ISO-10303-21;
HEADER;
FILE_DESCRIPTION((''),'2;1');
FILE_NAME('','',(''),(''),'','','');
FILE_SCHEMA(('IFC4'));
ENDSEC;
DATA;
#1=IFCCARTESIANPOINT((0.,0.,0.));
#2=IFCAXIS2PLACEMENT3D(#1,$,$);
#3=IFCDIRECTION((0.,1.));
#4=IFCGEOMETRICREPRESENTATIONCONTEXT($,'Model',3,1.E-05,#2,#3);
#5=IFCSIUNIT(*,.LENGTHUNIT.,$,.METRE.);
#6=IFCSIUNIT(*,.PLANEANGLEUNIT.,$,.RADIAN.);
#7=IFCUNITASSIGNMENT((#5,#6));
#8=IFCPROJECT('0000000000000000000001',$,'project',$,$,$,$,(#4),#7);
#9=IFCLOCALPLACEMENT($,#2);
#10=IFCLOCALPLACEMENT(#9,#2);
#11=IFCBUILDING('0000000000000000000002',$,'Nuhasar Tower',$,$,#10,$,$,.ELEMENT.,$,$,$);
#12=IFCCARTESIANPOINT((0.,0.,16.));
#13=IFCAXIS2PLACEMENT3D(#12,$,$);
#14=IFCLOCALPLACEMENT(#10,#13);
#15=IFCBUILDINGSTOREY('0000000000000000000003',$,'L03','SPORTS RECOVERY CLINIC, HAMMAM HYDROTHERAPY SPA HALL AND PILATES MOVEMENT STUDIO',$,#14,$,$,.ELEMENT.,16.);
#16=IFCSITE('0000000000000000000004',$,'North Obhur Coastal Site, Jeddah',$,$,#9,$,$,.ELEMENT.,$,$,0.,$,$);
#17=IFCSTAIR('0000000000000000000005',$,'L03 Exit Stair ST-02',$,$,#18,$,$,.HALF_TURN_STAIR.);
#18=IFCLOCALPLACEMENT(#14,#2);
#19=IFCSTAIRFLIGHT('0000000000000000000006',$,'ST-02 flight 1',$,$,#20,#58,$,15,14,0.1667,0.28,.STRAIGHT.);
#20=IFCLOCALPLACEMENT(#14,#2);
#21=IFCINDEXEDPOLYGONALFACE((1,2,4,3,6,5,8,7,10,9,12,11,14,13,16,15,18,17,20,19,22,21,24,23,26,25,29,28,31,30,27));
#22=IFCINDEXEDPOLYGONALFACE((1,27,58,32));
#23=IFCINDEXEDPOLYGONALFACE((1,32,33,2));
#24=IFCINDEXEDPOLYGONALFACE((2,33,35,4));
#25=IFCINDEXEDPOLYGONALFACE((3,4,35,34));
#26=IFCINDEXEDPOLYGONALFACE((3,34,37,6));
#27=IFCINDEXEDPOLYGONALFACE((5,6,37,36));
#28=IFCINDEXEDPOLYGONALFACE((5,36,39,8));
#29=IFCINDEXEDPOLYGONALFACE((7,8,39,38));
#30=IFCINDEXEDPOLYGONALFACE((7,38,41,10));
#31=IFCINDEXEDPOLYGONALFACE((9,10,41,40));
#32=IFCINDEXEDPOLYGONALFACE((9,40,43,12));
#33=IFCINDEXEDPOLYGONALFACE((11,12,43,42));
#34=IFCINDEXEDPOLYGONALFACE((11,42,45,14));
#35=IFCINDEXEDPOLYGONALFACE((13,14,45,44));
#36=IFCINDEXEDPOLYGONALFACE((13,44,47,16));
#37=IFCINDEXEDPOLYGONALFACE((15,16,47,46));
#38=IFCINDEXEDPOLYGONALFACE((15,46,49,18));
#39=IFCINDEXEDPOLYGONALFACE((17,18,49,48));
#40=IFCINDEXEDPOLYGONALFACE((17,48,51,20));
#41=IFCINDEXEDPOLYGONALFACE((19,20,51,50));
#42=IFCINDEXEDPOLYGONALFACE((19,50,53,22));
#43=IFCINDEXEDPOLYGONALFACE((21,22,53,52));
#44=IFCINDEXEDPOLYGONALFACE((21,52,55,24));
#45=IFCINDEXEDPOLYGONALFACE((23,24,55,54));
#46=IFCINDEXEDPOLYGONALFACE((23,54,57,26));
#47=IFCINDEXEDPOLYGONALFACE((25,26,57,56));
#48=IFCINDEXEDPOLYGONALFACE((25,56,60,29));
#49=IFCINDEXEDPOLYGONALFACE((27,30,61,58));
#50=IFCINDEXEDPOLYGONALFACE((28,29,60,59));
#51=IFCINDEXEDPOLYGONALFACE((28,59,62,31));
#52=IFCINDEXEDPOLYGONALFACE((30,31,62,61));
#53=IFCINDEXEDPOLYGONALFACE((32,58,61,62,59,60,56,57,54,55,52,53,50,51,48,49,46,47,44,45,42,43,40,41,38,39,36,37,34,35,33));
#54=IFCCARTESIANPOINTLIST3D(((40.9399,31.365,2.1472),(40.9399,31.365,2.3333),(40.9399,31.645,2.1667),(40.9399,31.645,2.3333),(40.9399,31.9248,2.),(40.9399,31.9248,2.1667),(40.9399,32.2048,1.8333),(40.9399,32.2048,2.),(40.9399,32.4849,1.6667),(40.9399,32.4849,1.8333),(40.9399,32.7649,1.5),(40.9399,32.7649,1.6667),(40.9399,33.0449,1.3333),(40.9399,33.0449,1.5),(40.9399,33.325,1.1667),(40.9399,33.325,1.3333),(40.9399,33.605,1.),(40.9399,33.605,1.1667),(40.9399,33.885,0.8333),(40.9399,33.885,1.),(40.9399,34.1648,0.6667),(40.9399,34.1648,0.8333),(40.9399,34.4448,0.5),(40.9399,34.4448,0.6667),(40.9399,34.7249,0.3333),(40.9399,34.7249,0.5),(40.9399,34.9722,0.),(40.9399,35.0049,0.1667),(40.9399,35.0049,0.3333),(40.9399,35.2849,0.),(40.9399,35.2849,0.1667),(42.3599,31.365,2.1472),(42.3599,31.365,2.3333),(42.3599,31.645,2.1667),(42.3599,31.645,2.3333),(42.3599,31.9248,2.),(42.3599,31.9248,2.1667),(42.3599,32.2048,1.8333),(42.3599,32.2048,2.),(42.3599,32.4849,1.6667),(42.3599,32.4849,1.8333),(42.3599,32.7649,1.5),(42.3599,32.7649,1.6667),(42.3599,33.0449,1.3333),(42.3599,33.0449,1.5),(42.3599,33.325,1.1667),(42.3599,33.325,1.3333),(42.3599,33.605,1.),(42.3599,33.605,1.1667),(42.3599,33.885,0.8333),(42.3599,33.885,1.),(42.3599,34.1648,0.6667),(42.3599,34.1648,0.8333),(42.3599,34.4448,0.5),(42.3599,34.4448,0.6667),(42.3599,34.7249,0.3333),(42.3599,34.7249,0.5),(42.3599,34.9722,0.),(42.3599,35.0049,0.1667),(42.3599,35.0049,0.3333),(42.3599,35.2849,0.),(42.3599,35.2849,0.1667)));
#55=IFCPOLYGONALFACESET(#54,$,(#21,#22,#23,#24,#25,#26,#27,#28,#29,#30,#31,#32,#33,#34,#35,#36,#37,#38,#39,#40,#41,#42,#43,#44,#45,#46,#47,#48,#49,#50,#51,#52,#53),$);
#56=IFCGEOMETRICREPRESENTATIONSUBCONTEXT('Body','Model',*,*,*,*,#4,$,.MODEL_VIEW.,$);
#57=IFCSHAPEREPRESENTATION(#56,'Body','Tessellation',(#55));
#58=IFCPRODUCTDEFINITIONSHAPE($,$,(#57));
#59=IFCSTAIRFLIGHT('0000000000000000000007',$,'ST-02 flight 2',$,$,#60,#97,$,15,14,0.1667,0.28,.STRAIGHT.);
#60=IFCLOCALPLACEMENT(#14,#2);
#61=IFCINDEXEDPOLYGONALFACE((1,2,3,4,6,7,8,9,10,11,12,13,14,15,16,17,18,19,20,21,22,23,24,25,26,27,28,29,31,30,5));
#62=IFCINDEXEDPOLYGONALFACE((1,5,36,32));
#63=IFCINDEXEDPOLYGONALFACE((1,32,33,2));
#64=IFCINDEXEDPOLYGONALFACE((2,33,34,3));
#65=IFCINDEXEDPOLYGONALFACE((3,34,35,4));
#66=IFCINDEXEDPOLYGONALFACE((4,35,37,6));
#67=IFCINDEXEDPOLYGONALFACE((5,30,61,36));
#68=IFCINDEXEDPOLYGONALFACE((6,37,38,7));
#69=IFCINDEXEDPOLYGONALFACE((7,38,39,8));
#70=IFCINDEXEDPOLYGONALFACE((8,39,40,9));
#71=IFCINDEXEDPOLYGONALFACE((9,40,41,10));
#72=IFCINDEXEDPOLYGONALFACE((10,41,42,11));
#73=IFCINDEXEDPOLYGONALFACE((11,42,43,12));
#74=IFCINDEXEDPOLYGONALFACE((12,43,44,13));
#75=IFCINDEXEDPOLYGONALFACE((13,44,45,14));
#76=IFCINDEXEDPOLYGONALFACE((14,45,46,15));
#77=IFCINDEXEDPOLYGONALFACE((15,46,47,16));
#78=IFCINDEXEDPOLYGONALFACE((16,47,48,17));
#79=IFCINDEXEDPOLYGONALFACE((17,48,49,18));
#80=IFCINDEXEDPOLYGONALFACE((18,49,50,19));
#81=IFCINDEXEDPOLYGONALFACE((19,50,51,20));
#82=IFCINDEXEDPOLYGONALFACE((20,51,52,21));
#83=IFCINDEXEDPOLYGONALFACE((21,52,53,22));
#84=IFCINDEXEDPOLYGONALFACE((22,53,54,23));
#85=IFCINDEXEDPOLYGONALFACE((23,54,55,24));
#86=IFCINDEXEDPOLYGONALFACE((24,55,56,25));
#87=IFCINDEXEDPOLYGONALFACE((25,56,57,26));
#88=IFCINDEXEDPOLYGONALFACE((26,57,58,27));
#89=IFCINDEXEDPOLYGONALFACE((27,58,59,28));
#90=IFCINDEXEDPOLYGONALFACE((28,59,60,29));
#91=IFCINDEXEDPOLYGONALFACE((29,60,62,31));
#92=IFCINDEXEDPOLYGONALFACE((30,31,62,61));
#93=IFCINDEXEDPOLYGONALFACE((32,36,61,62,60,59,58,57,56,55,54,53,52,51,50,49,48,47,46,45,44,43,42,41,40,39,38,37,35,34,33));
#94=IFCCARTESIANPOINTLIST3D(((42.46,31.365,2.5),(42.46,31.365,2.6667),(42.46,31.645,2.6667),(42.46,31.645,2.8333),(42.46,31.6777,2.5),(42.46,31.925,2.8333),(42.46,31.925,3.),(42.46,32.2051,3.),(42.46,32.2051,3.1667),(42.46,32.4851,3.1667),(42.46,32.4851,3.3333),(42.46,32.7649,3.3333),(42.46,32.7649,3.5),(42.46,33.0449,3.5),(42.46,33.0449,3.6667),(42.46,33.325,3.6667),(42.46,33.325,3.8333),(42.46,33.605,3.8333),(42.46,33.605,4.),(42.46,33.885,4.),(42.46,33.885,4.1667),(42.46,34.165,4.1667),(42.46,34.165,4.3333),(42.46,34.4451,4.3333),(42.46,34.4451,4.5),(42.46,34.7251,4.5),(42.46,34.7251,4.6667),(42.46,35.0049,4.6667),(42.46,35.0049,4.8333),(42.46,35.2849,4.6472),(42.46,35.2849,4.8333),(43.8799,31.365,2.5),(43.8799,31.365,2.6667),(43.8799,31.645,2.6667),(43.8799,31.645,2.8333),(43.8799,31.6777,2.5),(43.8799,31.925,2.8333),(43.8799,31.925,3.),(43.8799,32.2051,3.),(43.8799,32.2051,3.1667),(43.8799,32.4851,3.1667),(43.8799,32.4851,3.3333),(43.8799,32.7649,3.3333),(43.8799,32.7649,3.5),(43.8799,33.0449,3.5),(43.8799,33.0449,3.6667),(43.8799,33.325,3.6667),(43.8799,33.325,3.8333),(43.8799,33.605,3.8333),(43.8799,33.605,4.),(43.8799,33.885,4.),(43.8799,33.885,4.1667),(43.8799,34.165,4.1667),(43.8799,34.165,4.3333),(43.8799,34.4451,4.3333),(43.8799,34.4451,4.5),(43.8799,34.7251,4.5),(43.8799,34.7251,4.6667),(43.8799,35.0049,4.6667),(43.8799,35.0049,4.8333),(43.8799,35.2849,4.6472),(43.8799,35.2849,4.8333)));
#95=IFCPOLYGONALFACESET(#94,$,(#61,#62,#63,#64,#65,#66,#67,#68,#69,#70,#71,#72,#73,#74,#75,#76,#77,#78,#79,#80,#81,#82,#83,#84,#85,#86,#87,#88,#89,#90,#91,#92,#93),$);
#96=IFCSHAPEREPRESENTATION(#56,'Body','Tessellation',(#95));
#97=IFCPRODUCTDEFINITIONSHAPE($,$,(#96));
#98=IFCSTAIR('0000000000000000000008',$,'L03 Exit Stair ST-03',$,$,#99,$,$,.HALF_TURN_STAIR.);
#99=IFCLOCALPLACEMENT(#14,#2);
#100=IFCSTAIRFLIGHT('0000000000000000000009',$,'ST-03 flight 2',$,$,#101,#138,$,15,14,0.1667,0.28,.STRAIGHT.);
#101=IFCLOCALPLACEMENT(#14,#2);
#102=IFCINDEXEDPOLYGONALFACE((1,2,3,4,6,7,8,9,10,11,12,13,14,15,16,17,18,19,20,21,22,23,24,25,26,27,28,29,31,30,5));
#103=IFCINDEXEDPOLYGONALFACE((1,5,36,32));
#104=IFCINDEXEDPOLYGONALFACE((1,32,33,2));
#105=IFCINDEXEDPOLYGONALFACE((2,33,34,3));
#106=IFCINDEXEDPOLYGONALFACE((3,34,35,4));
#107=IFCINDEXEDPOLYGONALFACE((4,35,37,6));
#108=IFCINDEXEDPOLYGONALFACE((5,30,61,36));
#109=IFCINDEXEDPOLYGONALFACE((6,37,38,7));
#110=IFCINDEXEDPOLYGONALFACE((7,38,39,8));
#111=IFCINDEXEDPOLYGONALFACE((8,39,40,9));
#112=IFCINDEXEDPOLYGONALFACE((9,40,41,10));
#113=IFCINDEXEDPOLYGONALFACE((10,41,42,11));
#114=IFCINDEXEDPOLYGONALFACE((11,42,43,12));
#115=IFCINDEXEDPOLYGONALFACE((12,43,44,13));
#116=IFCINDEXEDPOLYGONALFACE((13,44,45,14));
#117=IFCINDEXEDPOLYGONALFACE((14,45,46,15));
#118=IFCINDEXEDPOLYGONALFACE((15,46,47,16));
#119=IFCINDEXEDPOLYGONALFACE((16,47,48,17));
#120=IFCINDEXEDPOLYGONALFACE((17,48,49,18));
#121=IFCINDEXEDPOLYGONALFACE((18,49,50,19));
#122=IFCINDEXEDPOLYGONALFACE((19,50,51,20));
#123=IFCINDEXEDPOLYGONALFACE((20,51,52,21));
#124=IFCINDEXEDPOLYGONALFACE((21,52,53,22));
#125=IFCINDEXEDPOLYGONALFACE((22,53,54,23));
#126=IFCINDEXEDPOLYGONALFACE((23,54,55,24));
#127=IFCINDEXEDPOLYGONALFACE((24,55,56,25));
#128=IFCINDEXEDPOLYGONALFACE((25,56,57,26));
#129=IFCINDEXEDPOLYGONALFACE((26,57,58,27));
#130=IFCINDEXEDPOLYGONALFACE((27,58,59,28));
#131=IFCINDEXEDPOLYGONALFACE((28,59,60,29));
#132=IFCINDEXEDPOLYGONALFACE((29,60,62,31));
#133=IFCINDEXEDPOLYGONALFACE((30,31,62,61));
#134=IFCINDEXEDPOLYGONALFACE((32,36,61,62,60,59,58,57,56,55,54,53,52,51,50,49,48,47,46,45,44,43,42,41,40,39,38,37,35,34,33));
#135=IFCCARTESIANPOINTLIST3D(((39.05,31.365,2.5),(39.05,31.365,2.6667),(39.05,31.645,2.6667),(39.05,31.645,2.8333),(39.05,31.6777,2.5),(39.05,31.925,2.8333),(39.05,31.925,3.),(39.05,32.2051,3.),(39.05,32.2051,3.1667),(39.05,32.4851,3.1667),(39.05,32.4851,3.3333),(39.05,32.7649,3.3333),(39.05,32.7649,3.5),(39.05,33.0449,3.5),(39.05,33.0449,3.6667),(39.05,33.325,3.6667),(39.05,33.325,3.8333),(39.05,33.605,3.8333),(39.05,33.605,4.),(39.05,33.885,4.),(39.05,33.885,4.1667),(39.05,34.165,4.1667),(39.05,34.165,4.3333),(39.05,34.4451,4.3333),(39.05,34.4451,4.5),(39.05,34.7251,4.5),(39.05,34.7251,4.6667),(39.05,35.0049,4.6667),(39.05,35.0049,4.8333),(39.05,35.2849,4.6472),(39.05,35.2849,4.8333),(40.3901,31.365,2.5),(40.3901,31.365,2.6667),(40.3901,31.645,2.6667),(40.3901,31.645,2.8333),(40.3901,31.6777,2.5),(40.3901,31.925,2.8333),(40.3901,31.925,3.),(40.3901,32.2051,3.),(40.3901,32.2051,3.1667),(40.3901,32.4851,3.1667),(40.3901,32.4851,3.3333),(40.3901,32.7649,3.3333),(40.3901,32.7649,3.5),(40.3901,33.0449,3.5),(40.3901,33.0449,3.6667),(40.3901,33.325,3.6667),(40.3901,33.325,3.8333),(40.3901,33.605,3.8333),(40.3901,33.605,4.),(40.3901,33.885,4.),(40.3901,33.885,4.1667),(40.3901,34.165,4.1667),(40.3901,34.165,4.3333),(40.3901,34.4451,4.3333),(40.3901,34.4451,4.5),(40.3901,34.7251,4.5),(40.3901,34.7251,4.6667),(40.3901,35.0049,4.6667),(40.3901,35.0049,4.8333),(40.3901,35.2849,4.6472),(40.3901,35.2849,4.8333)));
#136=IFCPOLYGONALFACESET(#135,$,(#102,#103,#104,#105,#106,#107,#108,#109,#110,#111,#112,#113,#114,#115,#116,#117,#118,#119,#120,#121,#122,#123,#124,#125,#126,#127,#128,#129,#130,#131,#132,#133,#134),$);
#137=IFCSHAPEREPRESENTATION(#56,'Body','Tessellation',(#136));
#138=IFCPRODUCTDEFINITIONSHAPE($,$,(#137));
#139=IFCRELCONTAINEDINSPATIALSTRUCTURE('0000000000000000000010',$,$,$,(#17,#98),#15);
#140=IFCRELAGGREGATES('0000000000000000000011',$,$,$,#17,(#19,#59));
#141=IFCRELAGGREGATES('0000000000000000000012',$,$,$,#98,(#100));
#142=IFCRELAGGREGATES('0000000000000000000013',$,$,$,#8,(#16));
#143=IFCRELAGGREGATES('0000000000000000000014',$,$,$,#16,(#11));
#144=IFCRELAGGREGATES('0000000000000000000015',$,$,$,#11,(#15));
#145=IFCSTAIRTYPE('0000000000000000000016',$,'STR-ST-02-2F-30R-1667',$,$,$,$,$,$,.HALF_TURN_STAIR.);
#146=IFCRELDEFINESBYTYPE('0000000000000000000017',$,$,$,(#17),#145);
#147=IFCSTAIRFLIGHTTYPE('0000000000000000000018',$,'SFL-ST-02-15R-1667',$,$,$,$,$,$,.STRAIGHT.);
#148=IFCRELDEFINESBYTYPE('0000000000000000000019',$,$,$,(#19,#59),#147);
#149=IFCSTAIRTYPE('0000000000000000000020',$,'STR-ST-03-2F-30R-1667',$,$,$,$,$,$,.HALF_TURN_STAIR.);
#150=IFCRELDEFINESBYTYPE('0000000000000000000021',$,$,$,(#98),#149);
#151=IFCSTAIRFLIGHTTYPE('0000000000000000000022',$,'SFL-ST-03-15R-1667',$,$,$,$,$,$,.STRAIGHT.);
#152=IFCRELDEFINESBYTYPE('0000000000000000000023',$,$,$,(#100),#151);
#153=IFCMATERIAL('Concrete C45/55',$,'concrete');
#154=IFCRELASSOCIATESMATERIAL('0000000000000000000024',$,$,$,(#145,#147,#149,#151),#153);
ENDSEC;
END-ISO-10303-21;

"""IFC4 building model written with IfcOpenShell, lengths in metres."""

from ifc_helpers import new_model, si_unit, direction, frame, origin, place, context, subcontext, project, spatial, polyline, outline, extrude, material, type_object, element, aggregate, save


model = new_model("IFC4")

# Units and contexts
model_context = context("Model", 3, precision=1e-05, world=origin(), true_north=direction((0.0, 1.0)))
body_context = subcontext(model_context, "Body", "Model", "MODEL_VIEW")
ifc_project = project(units=[si_unit("LENGTHUNIT", "METRE"), si_unit("PLANEANGLEUNIT", "RADIAN")], contexts=[model_context])

# Site, building, storey
site_placement = place(None, origin())
site = spatial("IfcSite", under=ifc_project, at=site_placement, Name="North Obhur Coastal Site, Jeddah", CompositionType="ELEMENT", RefElevation=0.0)
building_placement = place(site_placement, origin())
building = spatial("IfcBuilding", under=site, at=building_placement, Name="Nuhasar Tower", CompositionType="ELEMENT")
storey_placement = place(building_placement, frame((0.0, 0.0, 16.0)))
storey = spatial("IfcBuildingStorey", under=building, at=storey_placement, Name="L03", Description="SPORTS RECOVERY CLINIC, HAMMAM HYDROTHERAPY SPA HALL AND PILATES MOVEMENT STUDIO", CompositionType="ELEMENT", Elevation=16.0)

# Shared definitions
ifc_material_1 = material(Name="Concrete C45/55", Category="concrete")

# Stair, stair flights
stair_type_1 = type_object("IfcStairType", Name="STR-ST-02-2F-30R-1667", PredefinedType="HALF_TURN_STAIR", material=ifc_material_1)
stair_1_placement = place(storey_placement, origin())
stair_1 = element("IfcStair", 1, at=stair_1_placement, inside=storey, type_object=stair_type_1, Name="L03 Exit Stair ST-02", PredefinedType="HALF_TURN_STAIR")
stair_flight_type_1 = type_object("IfcStairFlightType", Name="SFL-ST-02-15R-1667", PredefinedType="STRAIGHT", material=ifc_material_1)
stair_flight_1_placement = place(storey_placement, frame((41.6499, 35.2849, 0.0), z_axis=(0.0, 0.0, 1.0), x_axis=(0.0, -1.0, 0.0)))
stair_flight_1 = element("IfcStairFlight", 2, at=stair_flight_1_placement, type_object=stair_flight_type_1, Name="ST-02 flight 1", NumberOfRisers=15, NumberOfTreads=14, PredefinedType="STRAIGHT", RiserHeight=0.1667, TreadLength=0.28, context=body_context, shape_type="SweptSolid", body=[
    extrude(outline(polyline([(0.0, 0.0), (0.0, 0.1667), (0.28, 0.1667), (0.28, 0.3333), (0.5601, 0.3333), (0.5601, 0.5), (0.8401, 0.5), (0.8401, 0.6667), (1.1201, 0.6667), (1.1201, 0.8333), (1.3999, 0.8333), (1.3999, 1.0), (1.6799, 1.0), (1.6799, 1.1667), (1.96, 1.1667), (1.96, 1.3333), (2.24, 1.3333), (2.24, 1.5), (2.52, 1.5), (2.52, 1.6667), (2.8, 1.6667), (2.8, 1.8333), (3.0801, 1.8333), (3.0801, 2.0), (3.3601, 2.0), (3.3601, 2.1667), (3.6399, 2.1667), (3.6399, 2.3333), (3.9199, 2.3333), (3.9199, 2.5), (3.9199, 2.1472), (0.3127, 0.0), (0.0, 0.0)])), frame((0.0, 0.71, 0.0), z_axis=(0.0, -1.0, 0.0), x_axis=(1.0, 0.0, 0.0)), (0.0, 0.0, 1.0), 1.4199),
])
stair_flight_2_placement = place(storey_placement, frame((43.1699, 31.365, 2.5), z_axis=(0.0, 0.0, 1.0), x_axis=(0.0, 1.0, 0.0)))
stair_flight_2 = element("IfcStairFlight", 3, at=stair_flight_2_placement, type_object=stair_flight_type_1, Name="ST-02 flight 2", NumberOfRisers=15, NumberOfTreads=14, PredefinedType="STRAIGHT", RiserHeight=0.1667, TreadLength=0.28, context=body_context, shape_type="SweptSolid", body=[
    extrude(outline(polyline([(0.0, 0.0), (0.0, 0.1667), (0.28, 0.1667), (0.28, 0.3333), (0.5601, 0.3333), (0.5601, 0.5), (0.8401, 0.5), (0.8401, 0.6667), (1.1201, 0.6667), (1.1201, 0.8333), (1.3999, 0.8333), (1.3999, 1.0), (1.6799, 1.0), (1.6799, 1.1667), (1.96, 1.1667), (1.96, 1.3333), (2.24, 1.3333), (2.24, 1.5), (2.52, 1.5), (2.52, 1.6667), (2.8, 1.6667), (2.8, 1.8333), (3.0801, 1.8333), (3.0801, 2.0), (3.3601, 2.0), (3.3601, 2.1667), (3.6399, 2.1667), (3.6399, 2.3333), (3.9199, 2.3333), (3.9199, 2.5), (3.9199, 2.1472), (0.3127, 0.0), (0.0, 0.0)])), frame((0.0, 0.71, 0.0), z_axis=(0.0, -1.0, 0.0), x_axis=(1.0, 0.0, 0.0)), (0.0, 0.0, 1.0), 1.4199),
])
aggregate(stair_1, [stair_flight_1, stair_flight_2])

# Stair, stair flight
stair_type_2 = type_object("IfcStairType", Name="STR-ST-03-2F-30R-1667", PredefinedType="HALF_TURN_STAIR", material=ifc_material_1)
stair_2_placement = place(storey_placement, origin())
stair_2 = element("IfcStair", 4, at=stair_2_placement, inside=storey, type_object=stair_type_2, Name="L03 Exit Stair ST-03", PredefinedType="HALF_TURN_STAIR")
stair_flight_type_2 = type_object("IfcStairFlightType", Name="SFL-ST-03-15R-1667", PredefinedType="STRAIGHT", material=ifc_material_1)
stair_flight_3_placement = place(storey_placement, frame((39.72, 31.365, 2.5), z_axis=(0.0, 0.0, 1.0), x_axis=(0.0, 1.0, 0.0)))
stair_flight_3 = element("IfcStairFlight", 5, at=stair_flight_3_placement, type_object=stair_flight_type_2, Name="ST-03 flight 2", NumberOfRisers=15, NumberOfTreads=14, PredefinedType="STRAIGHT", RiserHeight=0.1667, TreadLength=0.28, context=body_context, shape_type="SweptSolid", body=[
    extrude(outline(polyline([(0.0, 0.0), (0.0, 0.1667), (0.28, 0.1667), (0.28, 0.3333), (0.5601, 0.3333), (0.5601, 0.5), (0.8401, 0.5), (0.8401, 0.6667), (1.1201, 0.6667), (1.1201, 0.8333), (1.3999, 0.8333), (1.3999, 1.0), (1.6799, 1.0), (1.6799, 1.1667), (1.96, 1.1667), (1.96, 1.3333), (2.24, 1.3333), (2.24, 1.5), (2.52, 1.5), (2.52, 1.6667), (2.8, 1.6667), (2.8, 1.8333), (3.0801, 1.8333), (3.0801, 2.0), (3.3601, 2.0), (3.3601, 2.1667), (3.6399, 2.1667), (3.6399, 2.3333), (3.9199, 2.3333), (3.9199, 2.5), (3.9199, 2.1472), (0.3127, 0.0), (0.0, 0.0)])), frame((0.0, 0.6699, 0.0), z_axis=(0.0, -1.0, 0.0), x_axis=(1.0, 0.0, 0.0)), (0.0, 0.0, 1.0), 1.3401),
])
aggregate(stair_2, [stair_flight_3])

save(model, "model.ifc")
